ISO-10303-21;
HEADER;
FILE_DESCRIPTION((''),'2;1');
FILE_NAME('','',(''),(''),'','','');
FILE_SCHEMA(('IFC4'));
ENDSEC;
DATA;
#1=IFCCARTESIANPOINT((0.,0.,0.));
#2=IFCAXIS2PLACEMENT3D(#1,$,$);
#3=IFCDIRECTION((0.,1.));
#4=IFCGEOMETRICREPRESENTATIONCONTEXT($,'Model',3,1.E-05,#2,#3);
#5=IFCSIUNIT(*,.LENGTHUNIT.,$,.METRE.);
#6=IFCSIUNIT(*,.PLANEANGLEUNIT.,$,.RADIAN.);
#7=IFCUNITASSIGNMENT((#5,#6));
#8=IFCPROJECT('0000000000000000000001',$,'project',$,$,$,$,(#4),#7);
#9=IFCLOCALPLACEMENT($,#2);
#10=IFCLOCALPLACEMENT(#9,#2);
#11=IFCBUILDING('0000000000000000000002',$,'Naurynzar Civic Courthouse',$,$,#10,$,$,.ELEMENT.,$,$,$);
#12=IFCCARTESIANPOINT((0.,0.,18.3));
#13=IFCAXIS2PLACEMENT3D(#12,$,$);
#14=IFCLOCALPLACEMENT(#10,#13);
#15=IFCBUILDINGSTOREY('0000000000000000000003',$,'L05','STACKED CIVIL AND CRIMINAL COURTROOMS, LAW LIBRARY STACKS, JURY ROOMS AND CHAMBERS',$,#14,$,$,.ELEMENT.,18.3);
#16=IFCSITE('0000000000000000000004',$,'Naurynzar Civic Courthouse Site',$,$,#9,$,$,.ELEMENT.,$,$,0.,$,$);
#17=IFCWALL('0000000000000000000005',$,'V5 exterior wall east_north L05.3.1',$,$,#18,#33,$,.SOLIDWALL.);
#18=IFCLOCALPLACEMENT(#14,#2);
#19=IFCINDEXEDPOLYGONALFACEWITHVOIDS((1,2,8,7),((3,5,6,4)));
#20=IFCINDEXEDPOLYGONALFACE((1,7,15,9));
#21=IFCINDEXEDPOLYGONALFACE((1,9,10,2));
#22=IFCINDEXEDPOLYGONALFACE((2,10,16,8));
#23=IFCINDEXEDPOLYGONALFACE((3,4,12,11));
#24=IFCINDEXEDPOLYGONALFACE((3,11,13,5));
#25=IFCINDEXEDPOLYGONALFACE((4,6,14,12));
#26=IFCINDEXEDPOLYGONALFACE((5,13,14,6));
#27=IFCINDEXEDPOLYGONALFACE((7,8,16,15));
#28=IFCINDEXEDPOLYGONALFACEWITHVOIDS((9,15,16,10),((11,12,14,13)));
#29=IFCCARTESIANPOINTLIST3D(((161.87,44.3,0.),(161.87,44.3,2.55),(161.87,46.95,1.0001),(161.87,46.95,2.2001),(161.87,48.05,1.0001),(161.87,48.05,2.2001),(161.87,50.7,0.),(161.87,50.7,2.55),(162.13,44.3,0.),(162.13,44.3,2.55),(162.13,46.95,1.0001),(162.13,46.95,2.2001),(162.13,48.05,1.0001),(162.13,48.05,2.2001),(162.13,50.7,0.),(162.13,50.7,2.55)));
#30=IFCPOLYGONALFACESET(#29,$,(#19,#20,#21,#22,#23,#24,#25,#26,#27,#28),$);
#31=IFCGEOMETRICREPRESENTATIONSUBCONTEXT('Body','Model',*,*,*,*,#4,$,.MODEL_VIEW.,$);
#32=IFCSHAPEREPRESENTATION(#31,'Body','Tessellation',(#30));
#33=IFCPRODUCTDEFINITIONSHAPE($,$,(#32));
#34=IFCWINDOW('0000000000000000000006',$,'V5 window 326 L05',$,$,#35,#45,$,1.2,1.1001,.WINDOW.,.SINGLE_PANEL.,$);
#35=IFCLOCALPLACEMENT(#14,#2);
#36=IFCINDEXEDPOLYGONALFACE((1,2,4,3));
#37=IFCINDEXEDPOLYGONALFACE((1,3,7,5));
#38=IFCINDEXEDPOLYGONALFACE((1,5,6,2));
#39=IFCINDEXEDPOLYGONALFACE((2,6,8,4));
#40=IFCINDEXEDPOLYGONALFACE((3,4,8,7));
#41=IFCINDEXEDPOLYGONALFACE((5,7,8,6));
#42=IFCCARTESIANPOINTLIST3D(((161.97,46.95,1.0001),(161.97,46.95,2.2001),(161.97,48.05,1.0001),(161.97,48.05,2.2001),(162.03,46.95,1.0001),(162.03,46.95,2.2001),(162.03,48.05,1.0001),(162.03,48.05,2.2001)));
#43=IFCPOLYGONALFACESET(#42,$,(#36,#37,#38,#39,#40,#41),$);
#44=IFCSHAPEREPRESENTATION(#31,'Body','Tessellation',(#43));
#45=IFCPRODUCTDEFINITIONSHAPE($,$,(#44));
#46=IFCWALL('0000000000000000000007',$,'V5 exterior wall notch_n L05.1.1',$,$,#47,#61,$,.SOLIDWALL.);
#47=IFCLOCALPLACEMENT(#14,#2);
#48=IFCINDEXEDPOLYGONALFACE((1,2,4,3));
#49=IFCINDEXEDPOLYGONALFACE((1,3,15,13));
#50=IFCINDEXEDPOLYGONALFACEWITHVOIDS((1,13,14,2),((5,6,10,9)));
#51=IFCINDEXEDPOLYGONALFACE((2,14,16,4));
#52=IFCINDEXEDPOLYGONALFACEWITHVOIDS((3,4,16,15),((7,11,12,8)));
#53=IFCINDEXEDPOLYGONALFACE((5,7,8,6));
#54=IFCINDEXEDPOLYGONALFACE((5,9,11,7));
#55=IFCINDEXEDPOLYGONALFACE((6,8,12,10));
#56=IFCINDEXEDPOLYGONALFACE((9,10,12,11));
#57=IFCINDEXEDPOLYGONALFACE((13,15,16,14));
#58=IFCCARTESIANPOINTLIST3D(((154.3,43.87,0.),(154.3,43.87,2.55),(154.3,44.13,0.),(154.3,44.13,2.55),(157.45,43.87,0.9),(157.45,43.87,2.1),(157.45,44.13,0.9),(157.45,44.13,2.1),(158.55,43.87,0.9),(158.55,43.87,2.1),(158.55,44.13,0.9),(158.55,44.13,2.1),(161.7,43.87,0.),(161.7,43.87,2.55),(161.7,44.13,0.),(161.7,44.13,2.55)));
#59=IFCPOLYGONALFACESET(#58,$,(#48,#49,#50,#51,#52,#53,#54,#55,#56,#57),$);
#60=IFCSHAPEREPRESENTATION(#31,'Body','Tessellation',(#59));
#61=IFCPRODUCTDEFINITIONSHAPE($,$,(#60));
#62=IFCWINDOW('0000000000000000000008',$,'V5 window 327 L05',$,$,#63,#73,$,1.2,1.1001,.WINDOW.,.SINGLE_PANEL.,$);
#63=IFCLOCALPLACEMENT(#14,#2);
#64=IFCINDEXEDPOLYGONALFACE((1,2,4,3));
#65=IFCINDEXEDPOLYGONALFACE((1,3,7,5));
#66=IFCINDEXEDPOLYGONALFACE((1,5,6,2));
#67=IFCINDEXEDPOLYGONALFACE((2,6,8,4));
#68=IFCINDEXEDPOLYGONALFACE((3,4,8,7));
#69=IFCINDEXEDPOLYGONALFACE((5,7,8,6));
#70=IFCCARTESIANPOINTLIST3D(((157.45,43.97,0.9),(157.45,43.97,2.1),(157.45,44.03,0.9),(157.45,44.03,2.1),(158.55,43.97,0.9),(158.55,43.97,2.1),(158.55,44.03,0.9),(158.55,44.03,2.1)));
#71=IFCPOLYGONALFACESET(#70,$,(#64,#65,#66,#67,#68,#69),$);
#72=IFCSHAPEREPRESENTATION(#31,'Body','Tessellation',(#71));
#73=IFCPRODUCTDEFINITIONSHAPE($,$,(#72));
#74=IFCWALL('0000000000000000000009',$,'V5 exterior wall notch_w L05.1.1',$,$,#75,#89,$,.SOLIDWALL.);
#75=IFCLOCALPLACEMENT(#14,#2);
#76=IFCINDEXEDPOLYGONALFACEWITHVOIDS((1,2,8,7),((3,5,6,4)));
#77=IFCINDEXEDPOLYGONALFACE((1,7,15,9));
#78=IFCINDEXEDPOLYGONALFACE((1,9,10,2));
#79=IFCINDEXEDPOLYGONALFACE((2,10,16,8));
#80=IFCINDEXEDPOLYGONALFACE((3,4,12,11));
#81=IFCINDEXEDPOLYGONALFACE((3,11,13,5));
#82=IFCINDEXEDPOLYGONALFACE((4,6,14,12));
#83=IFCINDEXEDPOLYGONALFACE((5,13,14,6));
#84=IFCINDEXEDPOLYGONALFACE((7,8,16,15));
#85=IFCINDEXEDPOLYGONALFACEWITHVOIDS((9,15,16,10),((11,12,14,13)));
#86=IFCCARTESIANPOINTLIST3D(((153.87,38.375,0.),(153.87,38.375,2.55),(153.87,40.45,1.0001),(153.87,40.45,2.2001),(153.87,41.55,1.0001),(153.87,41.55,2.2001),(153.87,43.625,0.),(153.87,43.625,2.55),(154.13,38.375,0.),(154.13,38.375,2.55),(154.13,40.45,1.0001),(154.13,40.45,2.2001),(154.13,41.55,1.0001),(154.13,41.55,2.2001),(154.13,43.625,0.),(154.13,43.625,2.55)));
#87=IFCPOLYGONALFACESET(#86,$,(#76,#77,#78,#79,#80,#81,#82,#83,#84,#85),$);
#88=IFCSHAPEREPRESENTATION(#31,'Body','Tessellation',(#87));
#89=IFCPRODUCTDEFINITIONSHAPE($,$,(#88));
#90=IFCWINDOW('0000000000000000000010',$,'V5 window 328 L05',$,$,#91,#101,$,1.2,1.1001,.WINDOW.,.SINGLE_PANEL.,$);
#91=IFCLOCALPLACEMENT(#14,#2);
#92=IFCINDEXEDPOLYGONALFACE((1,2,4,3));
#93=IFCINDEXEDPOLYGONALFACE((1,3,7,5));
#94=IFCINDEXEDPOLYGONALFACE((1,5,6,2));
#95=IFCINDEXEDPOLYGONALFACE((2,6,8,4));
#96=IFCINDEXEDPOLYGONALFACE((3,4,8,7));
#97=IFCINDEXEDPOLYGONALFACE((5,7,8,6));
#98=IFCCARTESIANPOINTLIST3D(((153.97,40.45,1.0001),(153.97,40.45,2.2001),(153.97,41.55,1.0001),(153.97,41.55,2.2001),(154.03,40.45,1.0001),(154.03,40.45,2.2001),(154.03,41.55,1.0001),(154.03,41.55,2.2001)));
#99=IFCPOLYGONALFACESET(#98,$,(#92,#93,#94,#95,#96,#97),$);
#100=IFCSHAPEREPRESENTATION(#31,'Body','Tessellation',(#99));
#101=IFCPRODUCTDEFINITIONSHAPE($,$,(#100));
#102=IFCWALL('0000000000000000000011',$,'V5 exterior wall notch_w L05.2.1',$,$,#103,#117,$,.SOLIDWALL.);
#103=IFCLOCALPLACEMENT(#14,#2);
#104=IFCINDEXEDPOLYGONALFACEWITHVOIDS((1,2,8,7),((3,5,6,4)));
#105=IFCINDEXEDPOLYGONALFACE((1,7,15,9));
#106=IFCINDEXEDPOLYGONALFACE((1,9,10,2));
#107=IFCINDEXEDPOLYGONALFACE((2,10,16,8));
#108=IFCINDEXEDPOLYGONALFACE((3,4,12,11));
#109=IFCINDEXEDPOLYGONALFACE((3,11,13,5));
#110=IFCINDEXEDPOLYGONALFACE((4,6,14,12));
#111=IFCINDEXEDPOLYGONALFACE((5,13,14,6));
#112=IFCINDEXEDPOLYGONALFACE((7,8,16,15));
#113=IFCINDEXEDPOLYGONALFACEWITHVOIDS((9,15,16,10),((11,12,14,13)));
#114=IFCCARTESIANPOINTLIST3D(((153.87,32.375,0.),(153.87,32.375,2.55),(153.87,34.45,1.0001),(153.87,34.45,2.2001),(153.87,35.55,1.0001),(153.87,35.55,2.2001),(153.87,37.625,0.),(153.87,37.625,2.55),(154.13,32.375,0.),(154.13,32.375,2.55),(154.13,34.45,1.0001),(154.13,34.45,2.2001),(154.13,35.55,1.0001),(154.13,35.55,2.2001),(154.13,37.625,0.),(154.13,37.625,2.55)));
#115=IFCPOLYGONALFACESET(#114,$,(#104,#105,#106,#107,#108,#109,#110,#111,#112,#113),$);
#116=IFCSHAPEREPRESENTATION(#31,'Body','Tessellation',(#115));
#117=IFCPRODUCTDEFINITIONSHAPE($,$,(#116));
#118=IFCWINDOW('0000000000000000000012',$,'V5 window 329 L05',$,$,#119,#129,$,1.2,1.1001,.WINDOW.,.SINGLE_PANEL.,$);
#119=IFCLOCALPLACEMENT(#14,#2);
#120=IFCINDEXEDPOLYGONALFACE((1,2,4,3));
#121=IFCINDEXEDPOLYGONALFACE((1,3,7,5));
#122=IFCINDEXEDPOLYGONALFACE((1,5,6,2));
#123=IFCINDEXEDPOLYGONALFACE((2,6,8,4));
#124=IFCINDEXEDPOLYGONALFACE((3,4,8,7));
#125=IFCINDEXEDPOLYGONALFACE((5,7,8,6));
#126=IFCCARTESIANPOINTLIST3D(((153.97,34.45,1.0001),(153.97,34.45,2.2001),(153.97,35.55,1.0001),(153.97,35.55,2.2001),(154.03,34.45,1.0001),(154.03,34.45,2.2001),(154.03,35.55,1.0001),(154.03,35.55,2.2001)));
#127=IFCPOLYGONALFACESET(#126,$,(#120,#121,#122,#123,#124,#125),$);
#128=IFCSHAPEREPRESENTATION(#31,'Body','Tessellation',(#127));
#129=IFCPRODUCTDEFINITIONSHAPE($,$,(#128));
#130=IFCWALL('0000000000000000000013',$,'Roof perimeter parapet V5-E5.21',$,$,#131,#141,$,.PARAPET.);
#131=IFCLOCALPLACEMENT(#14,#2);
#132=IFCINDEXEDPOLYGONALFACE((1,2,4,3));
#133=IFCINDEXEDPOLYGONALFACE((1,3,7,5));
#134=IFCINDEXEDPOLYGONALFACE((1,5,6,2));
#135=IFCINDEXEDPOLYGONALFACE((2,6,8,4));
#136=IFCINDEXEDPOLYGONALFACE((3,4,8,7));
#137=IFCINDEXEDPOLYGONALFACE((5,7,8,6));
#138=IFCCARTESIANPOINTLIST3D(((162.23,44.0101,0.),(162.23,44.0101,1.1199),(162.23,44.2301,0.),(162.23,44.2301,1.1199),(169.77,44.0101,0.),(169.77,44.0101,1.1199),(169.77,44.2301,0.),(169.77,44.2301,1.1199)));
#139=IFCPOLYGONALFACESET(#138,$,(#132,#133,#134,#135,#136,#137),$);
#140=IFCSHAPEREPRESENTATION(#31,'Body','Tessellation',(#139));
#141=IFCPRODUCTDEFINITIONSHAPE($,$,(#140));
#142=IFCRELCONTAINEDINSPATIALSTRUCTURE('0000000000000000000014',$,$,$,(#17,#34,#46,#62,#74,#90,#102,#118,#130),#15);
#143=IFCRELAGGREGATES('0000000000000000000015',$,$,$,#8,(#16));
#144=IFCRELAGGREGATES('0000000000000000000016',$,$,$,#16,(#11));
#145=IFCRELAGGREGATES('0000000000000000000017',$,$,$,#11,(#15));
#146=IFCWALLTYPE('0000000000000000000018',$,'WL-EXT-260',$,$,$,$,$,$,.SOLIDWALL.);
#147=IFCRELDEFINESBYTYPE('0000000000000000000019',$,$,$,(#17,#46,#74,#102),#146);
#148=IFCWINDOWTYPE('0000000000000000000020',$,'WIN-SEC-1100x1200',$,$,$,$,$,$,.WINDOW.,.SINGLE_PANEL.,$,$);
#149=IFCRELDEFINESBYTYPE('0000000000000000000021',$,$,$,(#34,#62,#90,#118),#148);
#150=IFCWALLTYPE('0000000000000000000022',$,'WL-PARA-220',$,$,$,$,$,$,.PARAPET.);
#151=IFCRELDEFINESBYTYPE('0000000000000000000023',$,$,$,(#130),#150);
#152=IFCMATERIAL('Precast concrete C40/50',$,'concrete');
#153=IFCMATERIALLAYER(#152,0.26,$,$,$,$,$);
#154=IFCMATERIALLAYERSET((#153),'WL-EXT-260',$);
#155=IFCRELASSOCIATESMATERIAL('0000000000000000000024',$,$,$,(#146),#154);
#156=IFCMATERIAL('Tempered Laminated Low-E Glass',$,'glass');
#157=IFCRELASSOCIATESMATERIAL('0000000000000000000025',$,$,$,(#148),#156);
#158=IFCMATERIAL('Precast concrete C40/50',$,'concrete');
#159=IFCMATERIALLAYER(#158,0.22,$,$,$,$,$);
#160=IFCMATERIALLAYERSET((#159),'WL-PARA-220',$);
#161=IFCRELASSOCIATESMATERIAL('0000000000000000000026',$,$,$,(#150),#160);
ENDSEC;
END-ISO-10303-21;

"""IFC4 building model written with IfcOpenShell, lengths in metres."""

from ifc_helpers import new_model, si_unit, direction, frame, frame_2d, origin, place, context, subcontext, project, spatial, rectangle, extrude, material, layer, layer_set, type_object, element, fill, save


model = new_model("IFC4")

# Units and contexts
model_context = context("Model", 3, precision=1e-05, world=origin(), true_north=direction((0.0, 1.0)))
body_context = subcontext(model_context, "Body", "Model", "MODEL_VIEW")
ifc_project = project(units=[si_unit("LENGTHUNIT", "METRE"), si_unit("PLANEANGLEUNIT", "RADIAN")], contexts=[model_context])

# Site, building, storey
site_placement = place(None, origin())
site = spatial("IfcSite", under=ifc_project, at=site_placement, Name="Naurynzar Civic Courthouse Site", CompositionType="ELEMENT", RefElevation=0.0)
building_placement = place(site_placement, origin())
building = spatial("IfcBuilding", under=site, at=building_placement, Name="Naurynzar Civic Courthouse", CompositionType="ELEMENT")
storey_placement = place(building_placement, frame((0.0, 0.0, 18.3)))
storey = spatial("IfcBuildingStorey", under=building, at=storey_placement, Name="L05", Description="STACKED CIVIL AND CRIMINAL COURTROOMS, LAW LIBRARY STACKS, JURY ROOMS AND CHAMBERS", CompositionType="ELEMENT", Elevation=18.3)

# Walls, openings, windows
ifc_material_1 = material(Name="Precast concrete C40/50", Category="concrete")
ifc_layer_1 = layer(ifc_material_1, 0.26)
ifc_layer_set_1 = layer_set([ifc_layer_1], Name="WL-EXT-260")
wall_type_1 = type_object("IfcWallType", Name="WL-EXT-260", PredefinedType="SOLIDWALL", material=ifc_layer_set_1)
wall_1_placement = place(storey_placement, frame((162.0, 50.7, 0.0), z_axis=(0.0, 0.0, 1.0), x_axis=(0.0, -1.0, 0.0)))
wall_1 = element("IfcWall", 1, at=wall_1_placement, inside=storey, type_object=wall_type_1, Name="V5 exterior wall east_north L05.3.1", PredefinedType="SOLIDWALL", context=body_context, shape_type="SweptSolid", body=[
    extrude(rectangle(XDim=6.3999, YDim=0.26, at=frame_2d((3.2, 0.0))), origin(), (0.0, 0.0, 1.0), 2.55),
])
opening_1_placement = place(wall_1_placement, frame((2.6499, 0.0, 1.0)))
opening_1 = element("IfcOpeningElement", 2, at=opening_1_placement, cuts=wall_1, PredefinedType="OPENING", context=body_context, shape_type="SweptSolid", body=[
    extrude(rectangle(XDim=1.1001, YDim=1.2, at=frame_2d((0.55, 0.6001))), frame((0.0, 0.1399, 0.0), z_axis=(0.0, -1.0, 0.0), x_axis=(1.0, 0.0, 0.0)), (0.0, 0.0, 1.0), 0.28),
])
ifc_material_2 = material(Name="Tempered Laminated Low-E Glass", Category="glass")
window_type = type_object("IfcWindowType", Name="WIN-SEC-1100x1200", PartitioningType="SINGLE_PANEL", PredefinedType="WINDOW", material=ifc_material_2)
window_1_placement = place(opening_1_placement, origin())
window_1 = element("IfcWindow", 3, at=window_1_placement, inside=storey, type_object=window_type, Name="V5 window 326 L05", OverallHeight=1.2, OverallWidth=1.1001, PartitioningType="SINGLE_PANEL", PredefinedType="WINDOW", context=body_context, shape_type="SweptSolid", body=[
    extrude(rectangle(XDim=1.1001, YDim=1.2, at=frame_2d((0.55, 0.6001))), frame((0.0, 0.03, 0.0), z_axis=(0.0, -1.0, 0.0), x_axis=(1.0, 0.0, 0.0)), (0.0, 0.0, 1.0), 0.0601),
])
fill(opening_1, window_1)
wall_2_placement = place(storey_placement, frame((161.7, 44.0, 0.0), z_axis=(0.0, 0.0, 1.0), x_axis=(-1.0, 0.0, 0.0)))
wall_2 = element("IfcWall", 4, at=wall_2_placement, inside=storey, type_object=wall_type_1, Name="V5 exterior wall notch_n L05.1.1", PredefinedType="SOLIDWALL", context=body_context, shape_type="SweptSolid", body=[
    extrude(rectangle(XDim=7.3999, YDim=0.26, at=frame_2d((3.7, 0.0))), origin(), (0.0, 0.0, 1.0), 2.55),
])
opening_2_placement = place(wall_2_placement, frame((3.1499, 0.0, 0.8999)))
opening_2 = element("IfcOpeningElement", 5, at=opening_2_placement, cuts=wall_2, PredefinedType="OPENING", context=body_context, shape_type="SweptSolid", body=[
    extrude(rectangle(XDim=1.1001, YDim=1.2, at=frame_2d((0.55, 0.6001))), frame((0.0, 0.1399, 0.0), z_axis=(0.0, -1.0, 0.0), x_axis=(1.0, 0.0, 0.0)), (0.0, 0.0, 1.0), 0.28),
])
window_2_placement = place(opening_2_placement, origin())
window_2 = element("IfcWindow", 6, at=window_2_placement, inside=storey, type_object=window_type, Name="V5 window 327 L05", OverallHeight=1.2, OverallWidth=1.1001, PartitioningType="SINGLE_PANEL", PredefinedType="WINDOW", context=body_context, shape_type="SweptSolid", body=[
    extrude(rectangle(XDim=1.1001, YDim=1.2, at=frame_2d((0.55, 0.6001))), frame((0.0, 0.03, 0.0), z_axis=(0.0, -1.0, 0.0), x_axis=(1.0, 0.0, 0.0)), (0.0, 0.0, 1.0), 0.0601),
])
fill(opening_2, window_2)
wall_3_placement = place(storey_placement, frame((154.0, 43.625, 0.0), z_axis=(0.0, 0.0, 1.0), x_axis=(0.0, -1.0, 0.0)))
wall_3 = element("IfcWall", 7, at=wall_3_placement, inside=storey, type_object=wall_type_1, Name="V5 exterior wall notch_w L05.1.1", PredefinedType="SOLIDWALL", context=body_context, shape_type="SweptSolid", body=[
    extrude(rectangle(XDim=5.25, YDim=0.26, at=frame_2d((2.625, 0.0))), origin(), (0.0, 0.0, 1.0), 2.55),
])
opening_3_placement = place(wall_3_placement, frame((2.075, 0.0, 1.0)))
opening_3 = element("IfcOpeningElement", 8, at=opening_3_placement, cuts=wall_3, PredefinedType="OPENING", context=body_context, shape_type="SweptSolid", body=[
    extrude(rectangle(XDim=1.1001, YDim=1.2, at=frame_2d((0.55, 0.6001))), frame((0.0, 0.1399, 0.0), z_axis=(0.0, -1.0, 0.0), x_axis=(1.0, 0.0, 0.0)), (0.0, 0.0, 1.0), 0.28),
])
window_3_placement = place(opening_3_placement, origin())
window_3 = element("IfcWindow", 9, at=window_3_placement, inside=storey, type_object=window_type, Name="V5 window 328 L05", OverallHeight=1.2, OverallWidth=1.1001, PartitioningType="SINGLE_PANEL", PredefinedType="WINDOW", context=body_context, shape_type="SweptSolid", body=[
    extrude(rectangle(XDim=1.1001, YDim=1.2, at=frame_2d((0.55, 0.6001))), frame((0.0, 0.03, 0.0), z_axis=(0.0, -1.0, 0.0), x_axis=(1.0, 0.0, 0.0)), (0.0, 0.0, 1.0), 0.0601),
])
fill(opening_3, window_3)
wall_4_placement = place(storey_placement, frame((154.0, 37.625, 0.0), z_axis=(0.0, 0.0, 1.0), x_axis=(0.0, -1.0, 0.0)))
wall_4 = element("IfcWall", 10, at=wall_4_placement, inside=storey, type_object=wall_type_1, Name="V5 exterior wall notch_w L05.2.1", PredefinedType="SOLIDWALL", context=body_context, shape_type="SweptSolid", body=[
    extrude(rectangle(XDim=5.25, YDim=0.26, at=frame_2d((2.625, 0.0))), origin(), (0.0, 0.0, 1.0), 2.55),
])
opening_4_placement = place(wall_4_placement, frame((2.075, 0.0, 1.0)))
opening_4 = element("IfcOpeningElement", 11, at=opening_4_placement, cuts=wall_4, PredefinedType="OPENING", context=body_context, shape_type="SweptSolid", body=[
    extrude(rectangle(XDim=1.1001, YDim=1.2, at=frame_2d((0.55, 0.6001))), frame((0.0, 0.1399, 0.0), z_axis=(0.0, -1.0, 0.0), x_axis=(1.0, 0.0, 0.0)), (0.0, 0.0, 1.0), 0.28),
])
window_4_placement = place(opening_4_placement, origin())
window_4 = element("IfcWindow", 12, at=window_4_placement, inside=storey, type_object=window_type, Name="V5 window 329 L05", OverallHeight=1.2, OverallWidth=1.1001, PartitioningType="SINGLE_PANEL", PredefinedType="WINDOW", context=body_context, shape_type="SweptSolid", body=[
    extrude(rectangle(XDim=1.1001, YDim=1.2, at=frame_2d((0.55, 0.6001))), frame((0.0, 0.03, 0.0), z_axis=(0.0, -1.0, 0.0), x_axis=(1.0, 0.0, 0.0)), (0.0, 0.0, 1.0), 0.0601),
])
fill(opening_4, window_4)

# Wall
ifc_material_3 = material(Name="Precast concrete C40/50", Category="concrete")
ifc_layer_2 = layer(ifc_material_3, 0.22)
ifc_layer_set_2 = layer_set([ifc_layer_2], Name="WL-PARA-220")
wall_type_2 = type_object("IfcWallType", Name="WL-PARA-220", PredefinedType="PARAPET", material=ifc_layer_set_2)
wall_5_placement = place(storey_placement, frame((169.77, 44.1201, 0.0), z_axis=(0.0, 0.0, 1.0), x_axis=(-1.0, 0.0, 0.0)))
element("IfcWall", 13, at=wall_5_placement, inside=storey, type_object=wall_type_2, Name="Roof perimeter parapet V5-E5.21", PredefinedType="PARAPET", context=body_context, shape_type="SweptSolid", body=[
    extrude(rectangle(XDim=7.54, YDim=0.22, at=frame_2d((3.77, 0.0))), origin(), (0.0, 0.0, 1.0), 1.1199),
])

save(model, "model.ifc")
